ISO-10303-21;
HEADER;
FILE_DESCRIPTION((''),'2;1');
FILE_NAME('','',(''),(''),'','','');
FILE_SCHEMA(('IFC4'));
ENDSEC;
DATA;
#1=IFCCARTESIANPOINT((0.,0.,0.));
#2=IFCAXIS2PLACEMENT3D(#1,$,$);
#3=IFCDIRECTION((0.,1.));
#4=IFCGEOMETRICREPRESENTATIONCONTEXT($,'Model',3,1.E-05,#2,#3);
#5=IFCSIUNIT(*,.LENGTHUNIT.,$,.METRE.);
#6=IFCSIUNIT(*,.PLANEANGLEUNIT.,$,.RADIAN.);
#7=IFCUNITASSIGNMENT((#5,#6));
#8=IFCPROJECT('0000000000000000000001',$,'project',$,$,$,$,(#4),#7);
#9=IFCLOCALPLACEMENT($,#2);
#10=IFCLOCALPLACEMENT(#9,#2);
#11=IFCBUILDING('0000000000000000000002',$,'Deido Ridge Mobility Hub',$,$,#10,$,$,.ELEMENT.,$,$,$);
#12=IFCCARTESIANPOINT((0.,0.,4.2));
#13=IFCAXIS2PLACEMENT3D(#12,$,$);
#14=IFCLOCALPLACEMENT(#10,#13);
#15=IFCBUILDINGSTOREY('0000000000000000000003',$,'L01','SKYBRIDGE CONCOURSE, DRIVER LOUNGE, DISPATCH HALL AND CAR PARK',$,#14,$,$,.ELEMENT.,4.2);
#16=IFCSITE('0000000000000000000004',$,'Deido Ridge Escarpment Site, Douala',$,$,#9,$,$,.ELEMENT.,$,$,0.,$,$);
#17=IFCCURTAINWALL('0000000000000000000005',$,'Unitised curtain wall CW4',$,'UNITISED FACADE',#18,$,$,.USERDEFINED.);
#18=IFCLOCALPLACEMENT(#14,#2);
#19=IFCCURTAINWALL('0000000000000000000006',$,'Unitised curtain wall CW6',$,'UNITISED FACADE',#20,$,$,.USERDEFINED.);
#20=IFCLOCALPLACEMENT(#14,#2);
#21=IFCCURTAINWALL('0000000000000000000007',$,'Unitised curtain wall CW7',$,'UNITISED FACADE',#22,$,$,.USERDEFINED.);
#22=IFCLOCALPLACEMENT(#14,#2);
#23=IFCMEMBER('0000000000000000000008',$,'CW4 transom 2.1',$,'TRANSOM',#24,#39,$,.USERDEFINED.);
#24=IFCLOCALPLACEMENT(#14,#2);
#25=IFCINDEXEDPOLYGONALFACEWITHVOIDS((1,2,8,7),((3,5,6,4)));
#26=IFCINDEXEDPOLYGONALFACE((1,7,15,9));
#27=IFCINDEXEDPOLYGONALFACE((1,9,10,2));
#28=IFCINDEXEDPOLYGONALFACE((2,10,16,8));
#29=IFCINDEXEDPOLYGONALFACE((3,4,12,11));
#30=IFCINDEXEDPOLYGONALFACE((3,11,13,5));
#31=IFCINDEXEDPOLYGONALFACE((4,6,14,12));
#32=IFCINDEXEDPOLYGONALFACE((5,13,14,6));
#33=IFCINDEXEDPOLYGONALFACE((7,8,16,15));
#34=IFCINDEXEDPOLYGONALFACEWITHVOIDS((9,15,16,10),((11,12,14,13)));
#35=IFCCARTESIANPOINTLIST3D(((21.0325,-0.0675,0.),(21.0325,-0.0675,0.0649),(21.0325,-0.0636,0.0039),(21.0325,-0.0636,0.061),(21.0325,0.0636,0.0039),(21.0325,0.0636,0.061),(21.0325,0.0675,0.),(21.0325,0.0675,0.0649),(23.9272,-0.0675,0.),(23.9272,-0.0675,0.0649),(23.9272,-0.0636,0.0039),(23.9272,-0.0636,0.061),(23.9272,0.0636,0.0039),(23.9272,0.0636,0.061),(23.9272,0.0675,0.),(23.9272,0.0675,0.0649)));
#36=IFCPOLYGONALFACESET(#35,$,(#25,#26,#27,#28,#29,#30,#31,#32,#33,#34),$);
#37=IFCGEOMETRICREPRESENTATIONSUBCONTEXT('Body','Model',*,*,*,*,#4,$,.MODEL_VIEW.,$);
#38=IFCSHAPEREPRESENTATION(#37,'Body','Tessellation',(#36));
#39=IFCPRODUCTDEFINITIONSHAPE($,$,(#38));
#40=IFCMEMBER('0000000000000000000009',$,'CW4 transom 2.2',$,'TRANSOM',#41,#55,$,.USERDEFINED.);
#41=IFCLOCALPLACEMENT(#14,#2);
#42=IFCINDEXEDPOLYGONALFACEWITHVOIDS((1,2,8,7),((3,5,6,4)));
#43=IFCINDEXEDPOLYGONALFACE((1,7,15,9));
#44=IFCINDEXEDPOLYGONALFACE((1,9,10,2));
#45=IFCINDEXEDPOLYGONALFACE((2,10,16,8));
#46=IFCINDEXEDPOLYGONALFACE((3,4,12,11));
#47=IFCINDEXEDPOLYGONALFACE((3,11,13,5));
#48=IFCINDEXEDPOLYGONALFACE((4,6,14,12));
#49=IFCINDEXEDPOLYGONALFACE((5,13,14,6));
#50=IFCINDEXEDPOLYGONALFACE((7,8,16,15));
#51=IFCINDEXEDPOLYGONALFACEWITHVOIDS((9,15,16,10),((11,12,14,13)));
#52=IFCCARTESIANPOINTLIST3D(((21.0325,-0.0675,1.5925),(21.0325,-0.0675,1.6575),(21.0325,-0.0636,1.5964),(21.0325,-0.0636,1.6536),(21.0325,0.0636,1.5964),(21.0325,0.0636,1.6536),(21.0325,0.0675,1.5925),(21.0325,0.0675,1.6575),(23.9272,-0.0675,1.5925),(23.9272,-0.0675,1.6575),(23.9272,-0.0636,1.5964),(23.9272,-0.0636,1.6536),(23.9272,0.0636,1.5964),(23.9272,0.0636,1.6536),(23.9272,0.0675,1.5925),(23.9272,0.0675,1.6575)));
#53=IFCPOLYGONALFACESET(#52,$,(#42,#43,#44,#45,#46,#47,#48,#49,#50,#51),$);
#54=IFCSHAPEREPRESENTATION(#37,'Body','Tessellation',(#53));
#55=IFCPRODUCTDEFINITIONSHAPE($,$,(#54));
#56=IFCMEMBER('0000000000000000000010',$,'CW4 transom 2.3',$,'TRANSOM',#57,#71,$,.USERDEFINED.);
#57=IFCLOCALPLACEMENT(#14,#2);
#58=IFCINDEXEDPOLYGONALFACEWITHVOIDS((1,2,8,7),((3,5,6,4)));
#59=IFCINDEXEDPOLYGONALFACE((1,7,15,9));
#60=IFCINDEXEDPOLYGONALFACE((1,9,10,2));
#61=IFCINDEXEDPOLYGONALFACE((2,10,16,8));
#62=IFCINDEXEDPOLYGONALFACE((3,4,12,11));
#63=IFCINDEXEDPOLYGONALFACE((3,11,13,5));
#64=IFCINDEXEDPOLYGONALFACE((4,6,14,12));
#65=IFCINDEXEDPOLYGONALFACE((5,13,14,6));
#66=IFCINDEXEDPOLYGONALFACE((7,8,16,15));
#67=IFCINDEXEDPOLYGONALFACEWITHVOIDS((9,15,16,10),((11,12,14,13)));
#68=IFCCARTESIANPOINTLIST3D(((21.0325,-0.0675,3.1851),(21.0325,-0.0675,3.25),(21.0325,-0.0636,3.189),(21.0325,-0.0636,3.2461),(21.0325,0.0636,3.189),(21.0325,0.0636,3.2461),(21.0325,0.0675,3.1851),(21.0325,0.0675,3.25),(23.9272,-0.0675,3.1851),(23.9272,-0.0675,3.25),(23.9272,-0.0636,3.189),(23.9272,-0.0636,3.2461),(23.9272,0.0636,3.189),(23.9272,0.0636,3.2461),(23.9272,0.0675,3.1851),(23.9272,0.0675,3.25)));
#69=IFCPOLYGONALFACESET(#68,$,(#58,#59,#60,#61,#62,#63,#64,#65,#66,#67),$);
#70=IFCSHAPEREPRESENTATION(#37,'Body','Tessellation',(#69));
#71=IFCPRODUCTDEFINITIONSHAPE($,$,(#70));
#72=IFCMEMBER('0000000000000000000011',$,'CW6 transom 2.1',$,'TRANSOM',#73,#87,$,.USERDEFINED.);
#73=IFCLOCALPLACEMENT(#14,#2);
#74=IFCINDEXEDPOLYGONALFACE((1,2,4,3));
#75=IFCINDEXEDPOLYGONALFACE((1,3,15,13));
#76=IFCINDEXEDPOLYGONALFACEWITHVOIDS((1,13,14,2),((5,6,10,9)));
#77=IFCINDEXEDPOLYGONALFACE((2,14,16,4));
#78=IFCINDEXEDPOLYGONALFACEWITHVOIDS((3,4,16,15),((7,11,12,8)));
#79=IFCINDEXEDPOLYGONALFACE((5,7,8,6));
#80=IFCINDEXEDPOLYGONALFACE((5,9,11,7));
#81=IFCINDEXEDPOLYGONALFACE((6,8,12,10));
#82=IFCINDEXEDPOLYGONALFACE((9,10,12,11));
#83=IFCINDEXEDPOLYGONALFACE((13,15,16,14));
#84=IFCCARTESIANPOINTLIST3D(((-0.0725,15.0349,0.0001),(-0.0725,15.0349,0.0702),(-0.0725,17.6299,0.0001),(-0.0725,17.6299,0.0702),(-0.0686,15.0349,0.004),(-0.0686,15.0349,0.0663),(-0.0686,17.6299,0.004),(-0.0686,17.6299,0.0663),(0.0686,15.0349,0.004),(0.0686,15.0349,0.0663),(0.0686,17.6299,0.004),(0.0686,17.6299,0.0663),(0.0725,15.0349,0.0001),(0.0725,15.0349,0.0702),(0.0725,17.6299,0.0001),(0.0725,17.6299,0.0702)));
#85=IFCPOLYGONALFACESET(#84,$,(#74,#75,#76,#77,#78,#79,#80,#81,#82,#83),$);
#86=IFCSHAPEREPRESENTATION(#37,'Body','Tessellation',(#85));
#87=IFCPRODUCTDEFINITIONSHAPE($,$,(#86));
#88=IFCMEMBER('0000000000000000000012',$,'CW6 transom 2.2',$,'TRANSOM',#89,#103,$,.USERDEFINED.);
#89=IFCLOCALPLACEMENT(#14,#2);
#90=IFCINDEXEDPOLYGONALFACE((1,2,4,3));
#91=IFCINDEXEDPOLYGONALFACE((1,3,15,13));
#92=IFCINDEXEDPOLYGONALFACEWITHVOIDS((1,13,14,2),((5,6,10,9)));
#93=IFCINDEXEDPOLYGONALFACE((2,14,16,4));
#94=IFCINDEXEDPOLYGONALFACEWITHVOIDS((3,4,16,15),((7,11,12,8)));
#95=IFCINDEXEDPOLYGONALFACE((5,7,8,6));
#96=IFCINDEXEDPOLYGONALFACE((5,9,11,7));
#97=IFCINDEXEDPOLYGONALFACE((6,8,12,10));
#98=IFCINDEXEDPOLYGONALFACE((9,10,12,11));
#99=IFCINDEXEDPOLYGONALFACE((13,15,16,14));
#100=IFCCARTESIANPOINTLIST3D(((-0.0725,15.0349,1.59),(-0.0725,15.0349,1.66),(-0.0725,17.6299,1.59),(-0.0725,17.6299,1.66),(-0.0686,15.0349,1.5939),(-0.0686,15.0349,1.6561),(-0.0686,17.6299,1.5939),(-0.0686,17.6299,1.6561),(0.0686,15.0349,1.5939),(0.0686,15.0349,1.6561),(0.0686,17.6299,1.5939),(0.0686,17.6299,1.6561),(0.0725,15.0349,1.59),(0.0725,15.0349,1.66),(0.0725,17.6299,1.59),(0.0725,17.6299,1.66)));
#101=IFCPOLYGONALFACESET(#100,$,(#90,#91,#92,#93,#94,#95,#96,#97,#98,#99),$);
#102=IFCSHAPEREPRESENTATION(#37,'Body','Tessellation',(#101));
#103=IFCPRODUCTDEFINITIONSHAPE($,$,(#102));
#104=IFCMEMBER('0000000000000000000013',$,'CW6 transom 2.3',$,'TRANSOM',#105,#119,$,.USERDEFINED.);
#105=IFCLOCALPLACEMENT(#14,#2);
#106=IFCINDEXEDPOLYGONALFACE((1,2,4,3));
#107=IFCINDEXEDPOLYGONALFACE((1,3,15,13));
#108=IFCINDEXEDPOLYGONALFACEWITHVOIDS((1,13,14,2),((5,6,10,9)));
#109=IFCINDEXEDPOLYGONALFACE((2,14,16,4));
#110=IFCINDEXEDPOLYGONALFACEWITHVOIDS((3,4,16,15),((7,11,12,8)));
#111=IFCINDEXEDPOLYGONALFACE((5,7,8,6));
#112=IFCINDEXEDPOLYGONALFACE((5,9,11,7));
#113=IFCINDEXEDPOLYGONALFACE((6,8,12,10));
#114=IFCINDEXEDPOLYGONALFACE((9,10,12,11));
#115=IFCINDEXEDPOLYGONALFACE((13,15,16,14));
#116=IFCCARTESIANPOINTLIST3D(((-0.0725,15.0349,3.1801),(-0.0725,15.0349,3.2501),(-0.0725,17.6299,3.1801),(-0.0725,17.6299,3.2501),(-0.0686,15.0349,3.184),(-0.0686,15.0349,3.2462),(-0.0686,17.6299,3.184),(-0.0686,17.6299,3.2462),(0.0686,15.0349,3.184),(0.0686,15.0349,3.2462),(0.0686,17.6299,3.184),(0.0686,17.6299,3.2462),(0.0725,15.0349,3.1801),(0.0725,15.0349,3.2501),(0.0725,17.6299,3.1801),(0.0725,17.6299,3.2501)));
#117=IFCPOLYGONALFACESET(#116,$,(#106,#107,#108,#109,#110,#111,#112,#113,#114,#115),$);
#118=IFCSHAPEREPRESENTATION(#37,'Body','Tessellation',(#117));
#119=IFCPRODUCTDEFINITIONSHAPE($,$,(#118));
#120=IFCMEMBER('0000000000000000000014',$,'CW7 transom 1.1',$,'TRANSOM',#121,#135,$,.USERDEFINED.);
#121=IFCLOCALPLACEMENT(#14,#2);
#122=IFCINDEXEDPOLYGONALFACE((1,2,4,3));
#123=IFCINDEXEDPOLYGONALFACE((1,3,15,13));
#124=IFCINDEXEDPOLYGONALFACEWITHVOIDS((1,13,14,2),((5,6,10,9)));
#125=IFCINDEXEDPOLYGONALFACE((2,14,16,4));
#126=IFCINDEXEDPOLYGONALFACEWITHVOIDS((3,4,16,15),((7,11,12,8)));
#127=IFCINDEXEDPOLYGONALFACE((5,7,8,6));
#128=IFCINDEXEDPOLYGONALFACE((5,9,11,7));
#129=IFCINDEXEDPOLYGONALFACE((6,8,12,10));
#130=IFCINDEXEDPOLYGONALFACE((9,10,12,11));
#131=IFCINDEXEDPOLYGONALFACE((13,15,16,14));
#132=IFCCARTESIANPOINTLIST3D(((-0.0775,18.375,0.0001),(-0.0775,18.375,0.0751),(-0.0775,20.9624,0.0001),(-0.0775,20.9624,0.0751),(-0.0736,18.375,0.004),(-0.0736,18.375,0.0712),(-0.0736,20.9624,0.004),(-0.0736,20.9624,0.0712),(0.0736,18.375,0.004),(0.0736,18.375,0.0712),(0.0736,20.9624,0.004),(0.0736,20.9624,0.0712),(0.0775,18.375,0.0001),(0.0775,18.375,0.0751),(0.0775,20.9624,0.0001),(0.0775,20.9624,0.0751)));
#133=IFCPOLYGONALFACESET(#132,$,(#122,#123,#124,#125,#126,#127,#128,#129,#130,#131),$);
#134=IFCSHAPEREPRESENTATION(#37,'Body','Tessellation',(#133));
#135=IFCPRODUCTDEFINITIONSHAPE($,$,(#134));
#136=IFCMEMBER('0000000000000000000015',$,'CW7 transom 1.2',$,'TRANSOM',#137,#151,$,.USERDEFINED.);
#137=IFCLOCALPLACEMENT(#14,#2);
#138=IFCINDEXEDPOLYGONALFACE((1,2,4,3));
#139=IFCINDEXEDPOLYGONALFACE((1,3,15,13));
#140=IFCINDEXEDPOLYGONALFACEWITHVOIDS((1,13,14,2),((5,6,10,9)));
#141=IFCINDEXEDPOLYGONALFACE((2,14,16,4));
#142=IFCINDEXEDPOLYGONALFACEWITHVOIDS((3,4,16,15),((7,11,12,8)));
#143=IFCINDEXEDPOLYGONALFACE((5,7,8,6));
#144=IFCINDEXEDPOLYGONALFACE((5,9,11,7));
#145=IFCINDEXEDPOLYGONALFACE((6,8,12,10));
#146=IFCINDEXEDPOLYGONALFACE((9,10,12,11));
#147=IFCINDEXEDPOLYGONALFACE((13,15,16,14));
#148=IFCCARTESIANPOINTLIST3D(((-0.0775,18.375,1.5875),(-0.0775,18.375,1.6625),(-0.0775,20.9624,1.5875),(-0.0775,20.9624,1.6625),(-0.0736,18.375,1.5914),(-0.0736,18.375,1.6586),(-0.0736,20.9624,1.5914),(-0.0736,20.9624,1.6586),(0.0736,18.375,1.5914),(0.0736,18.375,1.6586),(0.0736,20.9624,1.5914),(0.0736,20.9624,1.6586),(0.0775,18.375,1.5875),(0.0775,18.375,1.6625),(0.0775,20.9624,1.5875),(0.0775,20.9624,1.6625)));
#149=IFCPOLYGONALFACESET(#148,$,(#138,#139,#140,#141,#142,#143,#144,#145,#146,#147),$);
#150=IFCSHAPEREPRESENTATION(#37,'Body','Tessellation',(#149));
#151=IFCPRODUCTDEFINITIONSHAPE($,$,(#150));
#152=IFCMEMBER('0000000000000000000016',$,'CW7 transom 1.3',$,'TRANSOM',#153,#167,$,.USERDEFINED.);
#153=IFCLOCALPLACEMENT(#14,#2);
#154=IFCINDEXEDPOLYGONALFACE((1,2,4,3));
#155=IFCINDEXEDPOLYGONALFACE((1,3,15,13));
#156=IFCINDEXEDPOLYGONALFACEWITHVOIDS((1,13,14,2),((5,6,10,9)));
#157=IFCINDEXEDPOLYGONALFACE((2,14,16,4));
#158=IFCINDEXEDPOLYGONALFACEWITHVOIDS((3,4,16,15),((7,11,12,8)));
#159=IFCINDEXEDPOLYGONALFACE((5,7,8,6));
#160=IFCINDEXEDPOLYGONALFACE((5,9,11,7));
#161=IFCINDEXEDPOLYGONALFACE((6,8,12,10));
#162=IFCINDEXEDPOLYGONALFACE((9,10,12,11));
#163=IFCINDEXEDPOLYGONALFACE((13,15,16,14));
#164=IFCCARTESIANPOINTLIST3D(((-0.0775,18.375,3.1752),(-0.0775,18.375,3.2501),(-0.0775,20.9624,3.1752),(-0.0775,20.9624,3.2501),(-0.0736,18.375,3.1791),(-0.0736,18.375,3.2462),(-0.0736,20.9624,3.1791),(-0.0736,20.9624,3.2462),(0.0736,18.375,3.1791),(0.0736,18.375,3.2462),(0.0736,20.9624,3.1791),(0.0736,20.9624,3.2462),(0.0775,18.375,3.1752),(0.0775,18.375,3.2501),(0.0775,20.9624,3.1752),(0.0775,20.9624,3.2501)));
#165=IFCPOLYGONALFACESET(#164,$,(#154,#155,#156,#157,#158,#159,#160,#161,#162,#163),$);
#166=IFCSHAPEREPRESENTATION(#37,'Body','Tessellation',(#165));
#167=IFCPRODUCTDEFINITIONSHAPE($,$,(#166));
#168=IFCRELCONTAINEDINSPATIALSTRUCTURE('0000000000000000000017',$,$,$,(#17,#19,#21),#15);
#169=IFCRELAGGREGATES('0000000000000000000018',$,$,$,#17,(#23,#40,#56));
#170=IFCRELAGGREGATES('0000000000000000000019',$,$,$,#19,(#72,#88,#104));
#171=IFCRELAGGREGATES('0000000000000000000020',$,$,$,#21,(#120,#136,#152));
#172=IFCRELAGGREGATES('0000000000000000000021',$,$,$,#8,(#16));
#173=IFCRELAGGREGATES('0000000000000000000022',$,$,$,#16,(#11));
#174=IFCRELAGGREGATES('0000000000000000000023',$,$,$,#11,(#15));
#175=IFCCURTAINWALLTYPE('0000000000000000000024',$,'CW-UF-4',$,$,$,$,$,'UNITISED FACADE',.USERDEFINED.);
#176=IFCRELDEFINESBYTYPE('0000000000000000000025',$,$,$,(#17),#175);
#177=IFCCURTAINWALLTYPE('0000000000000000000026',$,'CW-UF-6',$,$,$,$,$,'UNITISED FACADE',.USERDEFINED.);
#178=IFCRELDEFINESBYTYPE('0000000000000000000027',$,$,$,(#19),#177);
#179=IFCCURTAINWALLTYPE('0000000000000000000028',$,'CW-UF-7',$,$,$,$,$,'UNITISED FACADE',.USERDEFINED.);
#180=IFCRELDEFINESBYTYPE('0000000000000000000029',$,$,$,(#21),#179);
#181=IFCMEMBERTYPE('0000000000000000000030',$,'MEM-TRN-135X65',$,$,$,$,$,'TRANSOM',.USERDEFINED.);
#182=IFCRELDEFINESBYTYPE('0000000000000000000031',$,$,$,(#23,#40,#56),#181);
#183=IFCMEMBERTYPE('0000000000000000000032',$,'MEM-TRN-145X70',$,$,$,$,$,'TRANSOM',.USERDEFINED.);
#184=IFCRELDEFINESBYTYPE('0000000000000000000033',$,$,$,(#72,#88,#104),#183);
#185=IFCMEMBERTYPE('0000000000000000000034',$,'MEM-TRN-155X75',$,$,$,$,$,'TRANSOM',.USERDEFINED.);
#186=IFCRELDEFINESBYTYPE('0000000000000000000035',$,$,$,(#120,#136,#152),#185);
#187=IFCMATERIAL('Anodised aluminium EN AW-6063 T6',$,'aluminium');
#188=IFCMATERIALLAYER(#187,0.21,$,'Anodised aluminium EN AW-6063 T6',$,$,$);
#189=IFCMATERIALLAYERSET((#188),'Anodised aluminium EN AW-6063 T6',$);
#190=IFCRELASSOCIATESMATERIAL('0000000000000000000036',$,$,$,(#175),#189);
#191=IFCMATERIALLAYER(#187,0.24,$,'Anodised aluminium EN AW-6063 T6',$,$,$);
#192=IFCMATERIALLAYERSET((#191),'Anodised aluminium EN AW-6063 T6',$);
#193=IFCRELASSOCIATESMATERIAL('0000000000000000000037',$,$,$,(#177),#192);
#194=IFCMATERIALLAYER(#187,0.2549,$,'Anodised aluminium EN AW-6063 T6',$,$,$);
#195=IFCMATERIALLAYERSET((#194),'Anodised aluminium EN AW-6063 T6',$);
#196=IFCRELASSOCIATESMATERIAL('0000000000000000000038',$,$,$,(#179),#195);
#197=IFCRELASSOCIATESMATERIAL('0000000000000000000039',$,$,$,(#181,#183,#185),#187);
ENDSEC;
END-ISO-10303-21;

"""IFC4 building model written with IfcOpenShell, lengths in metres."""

from ifc_helpers import new_model, si_unit, direction, frame, origin, origin_2d, place, context, subcontext, project, spatial, hollow_rectangle, extrude, material, layer, layer_set, material_profile, profile_set, type_object, element, aggregate, save


model = new_model("IFC4")

# Units and contexts
model_context = context("Model", 3, precision=1e-05, world=origin(), true_north=direction((0.0, 1.0)))
body_context = subcontext(model_context, "Body", "Model", "MODEL_VIEW")
ifc_project = project(units=[si_unit("LENGTHUNIT", "METRE"), si_unit("PLANEANGLEUNIT", "RADIAN")], contexts=[model_context])

# Site, building, storey
site_placement = place(None, origin())
site = spatial("IfcSite", under=ifc_project, at=site_placement, Name="Deido Ridge Escarpment Site, Douala", CompositionType="ELEMENT", RefElevation=0.0)
building_placement = place(site_placement, origin())
building = spatial("IfcBuilding", under=site, at=building_placement, Name="Deido Ridge Mobility Hub", CompositionType="ELEMENT")
storey_placement = place(building_placement, frame((0.0, 0.0, 4.2)))
storey = spatial("IfcBuildingStorey", under=building, at=storey_placement, Name="L01", Description="SKYBRIDGE CONCOURSE, DRIVER LOUNGE, DISPATCH HALL AND CAR PARK", CompositionType="ELEMENT", Elevation=4.2)

# Curtain walls
ifc_material_1 = material(Name="Anodised aluminium EN AW-6063 T6", Category="aluminium")
ifc_layer_1 = layer(ifc_material_1, 0.21, Name="Anodised aluminium EN AW-6063 T6")
ifc_layer_set_1 = layer_set([ifc_layer_1], Name="Anodised aluminium EN AW-6063 T6")
curtain_wall_type_1 = type_object("IfcCurtainWallType", Name="CW-UF-4", ElementType="UNITISED FACADE", PredefinedType="USERDEFINED", material=ifc_layer_set_1)
curtain_wall_1_placement = place(storey_placement, origin())
curtain_wall_1 = element("IfcCurtainWall", 1, at=curtain_wall_1_placement, inside=storey, type_object=curtain_wall_type_1, Name="Unitised curtain wall CW4", ObjectType="UNITISED FACADE", PredefinedType="USERDEFINED")
ifc_layer_2 = layer(ifc_material_1, 0.24, Name="Anodised aluminium EN AW-6063 T6")
ifc_layer_set_2 = layer_set([ifc_layer_2], Name="Anodised aluminium EN AW-6063 T6")
curtain_wall_type_2 = type_object("IfcCurtainWallType", Name="CW-UF-6", ElementType="UNITISED FACADE", PredefinedType="USERDEFINED", material=ifc_layer_set_2)
curtain_wall_2_placement = place(storey_placement, origin())
curtain_wall_2 = element("IfcCurtainWall", 2, at=curtain_wall_2_placement, inside=storey, type_object=curtain_wall_type_2, Name="Unitised curtain wall CW6", ObjectType="UNITISED FACADE", PredefinedType="USERDEFINED")
ifc_layer_3 = layer(ifc_material_1, 0.2549, Name="Anodised aluminium EN AW-6063 T6")
ifc_layer_set_3 = layer_set([ifc_layer_3], Name="Anodised aluminium EN AW-6063 T6")
curtain_wall_type_3 = type_object("IfcCurtainWallType", Name="CW-UF-7", ElementType="UNITISED FACADE", PredefinedType="USERDEFINED", material=ifc_layer_set_3)
curtain_wall_3_placement = place(storey_placement, origin())
curtain_wall_3 = element("IfcCurtainWall", 3, at=curtain_wall_3_placement, inside=storey, type_object=curtain_wall_type_3, Name="Unitised curtain wall CW7", ObjectType="UNITISED FACADE", PredefinedType="USERDEFINED")

# Members
ifc_material_profile_1 = material_profile(ifc_material_1, hollow_rectangle(XDim=0.135, YDim=0.0649, WallThickness=0.0039, at=origin_2d()), Name="RHS 135x65x4")
ifc_profile_set_1 = profile_set([ifc_material_profile_1], Name="Anodised aluminium EN AW-6063 T6")
member_type_1 = type_object("IfcMemberType", Name="MEM-TRN-135X65", ElementType="TRANSOM", PredefinedType="USERDEFINED", material=ifc_profile_set_1)
member_1_placement = place(storey_placement, frame((21.0325, 0.0, 0.0325), z_axis=(1.0, 0.0, 0.0), x_axis=(0.0, 1.0, 0.0)))
member_1 = element("IfcMember", 4, at=member_1_placement, type_object=member_type_1, Name="CW4 transom 2.1", ObjectType="TRANSOM", PredefinedType="USERDEFINED", context=body_context, shape_type="SweptSolid", body=[
    extrude(hollow_rectangle(XDim=0.135, YDim=0.0649, WallThickness=0.0039, at=origin_2d()), origin(), (0.0, 0.0, 1.0), 2.8948),
])
member_2_placement = place(storey_placement, frame((21.0325, 0.0, 1.625), z_axis=(1.0, 0.0, 0.0), x_axis=(0.0, 1.0, 0.0)))
member_2 = element("IfcMember", 5, at=member_2_placement, type_object=member_type_1, Name="CW4 transom 2.2", ObjectType="TRANSOM", PredefinedType="USERDEFINED", context=body_context, shape_type="SweptSolid", body=[
    extrude(hollow_rectangle(XDim=0.135, YDim=0.0649, WallThickness=0.0039, at=origin_2d()), origin(), (0.0, 0.0, 1.0), 2.8948),
])
member_3_placement = place(storey_placement, frame((21.0325, 0.0, 3.2175), z_axis=(1.0, 0.0, 0.0), x_axis=(0.0, 1.0, 0.0)))
member_3 = element("IfcMember", 6, at=member_3_placement, type_object=member_type_1, Name="CW4 transom 2.3", ObjectType="TRANSOM", PredefinedType="USERDEFINED", context=body_context, shape_type="SweptSolid", body=[
    extrude(hollow_rectangle(XDim=0.135, YDim=0.0649, WallThickness=0.0039, at=origin_2d()), origin(), (0.0, 0.0, 1.0), 2.8948),
])
ifc_material_profile_2 = material_profile(ifc_material_1, hollow_rectangle(XDim=0.145, YDim=0.0701, WallThickness=0.0039, at=origin_2d()), Name="RHS 145x70x4")
ifc_profile_set_2 = profile_set([ifc_material_profile_2], Name="Anodised aluminium EN AW-6063 T6")
member_type_2 = type_object("IfcMemberType", Name="MEM-TRN-145X70", ElementType="TRANSOM", PredefinedType="USERDEFINED", material=ifc_profile_set_2)
member_4_placement = place(storey_placement, frame((0.0, 15.0349, 0.0352), z_axis=(0.0, 1.0, 0.0), x_axis=(-1.0, 0.0, 0.0)))
member_4 = element("IfcMember", 7, at=member_4_placement, type_object=member_type_2, Name="CW6 transom 2.1", ObjectType="TRANSOM", PredefinedType="USERDEFINED", context=body_context, shape_type="SweptSolid", body=[
    extrude(hollow_rectangle(XDim=0.145, YDim=0.0701, WallThickness=0.0039, at=origin_2d()), origin(), (0.0, 0.0, 1.0), 2.595),
])
member_5_placement = place(storey_placement, frame((0.0, 15.0349, 1.625), z_axis=(0.0, 1.0, 0.0), x_axis=(-1.0, 0.0, 0.0)))
member_5 = element("IfcMember", 8, at=member_5_placement, type_object=member_type_2, Name="CW6 transom 2.2", ObjectType="TRANSOM", PredefinedType="USERDEFINED", context=body_context, shape_type="SweptSolid", body=[
    extrude(hollow_rectangle(XDim=0.145, YDim=0.0701, WallThickness=0.0039, at=origin_2d()), origin(), (0.0, 0.0, 1.0), 2.595),
])
member_6_placement = place(storey_placement, frame((0.0, 15.0349, 3.2151), z_axis=(0.0, 1.0, 0.0), x_axis=(-1.0, 0.0, 0.0)))
member_6 = element("IfcMember", 9, at=member_6_placement, type_object=member_type_2, Name="CW6 transom 2.3", ObjectType="TRANSOM", PredefinedType="USERDEFINED", context=body_context, shape_type="SweptSolid", body=[
    extrude(hollow_rectangle(XDim=0.145, YDim=0.0701, WallThickness=0.0039, at=origin_2d()), origin(), (0.0, 0.0, 1.0), 2.595),
])
ifc_material_profile_3 = material_profile(ifc_material_1, hollow_rectangle(XDim=0.155, YDim=0.075, WallThickness=0.0039, at=origin_2d()), Name="RHS 155x75x4")
ifc_profile_set_3 = profile_set([ifc_material_profile_3], Name="Anodised aluminium EN AW-6063 T6")
member_type_3 = type_object("IfcMemberType", Name="MEM-TRN-155X75", ElementType="TRANSOM", PredefinedType="USERDEFINED", material=ifc_profile_set_3)
member_7_placement = place(storey_placement, frame((0.0, 18.375, 0.0376), z_axis=(0.0, 1.0, 0.0), x_axis=(-1.0, 0.0, 0.0)))
member_7 = element("IfcMember", 10, at=member_7_placement, type_object=member_type_3, Name="CW7 transom 1.1", ObjectType="TRANSOM", PredefinedType="USERDEFINED", context=body_context, shape_type="SweptSolid", body=[
    extrude(hollow_rectangle(XDim=0.155, YDim=0.075, WallThickness=0.0039, at=origin_2d()), origin(), (0.0, 0.0, 1.0), 2.5874),
])
member_8_placement = place(storey_placement, frame((0.0, 18.375, 1.625), z_axis=(0.0, 1.0, 0.0), x_axis=(-1.0, 0.0, 0.0)))
member_8 = element("IfcMember", 11, at=member_8_placement, type_object=member_type_3, Name="CW7 transom 1.2", ObjectType="TRANSOM", PredefinedType="USERDEFINED", context=body_context, shape_type="SweptSolid", body=[
    extrude(hollow_rectangle(XDim=0.155, YDim=0.075, WallThickness=0.0039, at=origin_2d()), origin(), (0.0, 0.0, 1.0), 2.5874),
])
member_9_placement = place(storey_placement, frame((0.0, 18.375, 3.2126), z_axis=(0.0, 1.0, 0.0), x_axis=(-1.0, 0.0, 0.0)))
member_9 = element("IfcMember", 12, at=member_9_placement, type_object=member_type_3, Name="CW7 transom 1.3", ObjectType="TRANSOM", PredefinedType="USERDEFINED", context=body_context, shape_type="SweptSolid", body=[
    extrude(hollow_rectangle(XDim=0.155, YDim=0.075, WallThickness=0.0039, at=origin_2d()), origin(), (0.0, 0.0, 1.0), 2.5874),
])

aggregate(curtain_wall_1, [member_1, member_2, member_3])
aggregate(curtain_wall_2, [member_4, member_5, member_6])
aggregate(curtain_wall_3, [member_7, member_8, member_9])

save(model, "model.ifc")
